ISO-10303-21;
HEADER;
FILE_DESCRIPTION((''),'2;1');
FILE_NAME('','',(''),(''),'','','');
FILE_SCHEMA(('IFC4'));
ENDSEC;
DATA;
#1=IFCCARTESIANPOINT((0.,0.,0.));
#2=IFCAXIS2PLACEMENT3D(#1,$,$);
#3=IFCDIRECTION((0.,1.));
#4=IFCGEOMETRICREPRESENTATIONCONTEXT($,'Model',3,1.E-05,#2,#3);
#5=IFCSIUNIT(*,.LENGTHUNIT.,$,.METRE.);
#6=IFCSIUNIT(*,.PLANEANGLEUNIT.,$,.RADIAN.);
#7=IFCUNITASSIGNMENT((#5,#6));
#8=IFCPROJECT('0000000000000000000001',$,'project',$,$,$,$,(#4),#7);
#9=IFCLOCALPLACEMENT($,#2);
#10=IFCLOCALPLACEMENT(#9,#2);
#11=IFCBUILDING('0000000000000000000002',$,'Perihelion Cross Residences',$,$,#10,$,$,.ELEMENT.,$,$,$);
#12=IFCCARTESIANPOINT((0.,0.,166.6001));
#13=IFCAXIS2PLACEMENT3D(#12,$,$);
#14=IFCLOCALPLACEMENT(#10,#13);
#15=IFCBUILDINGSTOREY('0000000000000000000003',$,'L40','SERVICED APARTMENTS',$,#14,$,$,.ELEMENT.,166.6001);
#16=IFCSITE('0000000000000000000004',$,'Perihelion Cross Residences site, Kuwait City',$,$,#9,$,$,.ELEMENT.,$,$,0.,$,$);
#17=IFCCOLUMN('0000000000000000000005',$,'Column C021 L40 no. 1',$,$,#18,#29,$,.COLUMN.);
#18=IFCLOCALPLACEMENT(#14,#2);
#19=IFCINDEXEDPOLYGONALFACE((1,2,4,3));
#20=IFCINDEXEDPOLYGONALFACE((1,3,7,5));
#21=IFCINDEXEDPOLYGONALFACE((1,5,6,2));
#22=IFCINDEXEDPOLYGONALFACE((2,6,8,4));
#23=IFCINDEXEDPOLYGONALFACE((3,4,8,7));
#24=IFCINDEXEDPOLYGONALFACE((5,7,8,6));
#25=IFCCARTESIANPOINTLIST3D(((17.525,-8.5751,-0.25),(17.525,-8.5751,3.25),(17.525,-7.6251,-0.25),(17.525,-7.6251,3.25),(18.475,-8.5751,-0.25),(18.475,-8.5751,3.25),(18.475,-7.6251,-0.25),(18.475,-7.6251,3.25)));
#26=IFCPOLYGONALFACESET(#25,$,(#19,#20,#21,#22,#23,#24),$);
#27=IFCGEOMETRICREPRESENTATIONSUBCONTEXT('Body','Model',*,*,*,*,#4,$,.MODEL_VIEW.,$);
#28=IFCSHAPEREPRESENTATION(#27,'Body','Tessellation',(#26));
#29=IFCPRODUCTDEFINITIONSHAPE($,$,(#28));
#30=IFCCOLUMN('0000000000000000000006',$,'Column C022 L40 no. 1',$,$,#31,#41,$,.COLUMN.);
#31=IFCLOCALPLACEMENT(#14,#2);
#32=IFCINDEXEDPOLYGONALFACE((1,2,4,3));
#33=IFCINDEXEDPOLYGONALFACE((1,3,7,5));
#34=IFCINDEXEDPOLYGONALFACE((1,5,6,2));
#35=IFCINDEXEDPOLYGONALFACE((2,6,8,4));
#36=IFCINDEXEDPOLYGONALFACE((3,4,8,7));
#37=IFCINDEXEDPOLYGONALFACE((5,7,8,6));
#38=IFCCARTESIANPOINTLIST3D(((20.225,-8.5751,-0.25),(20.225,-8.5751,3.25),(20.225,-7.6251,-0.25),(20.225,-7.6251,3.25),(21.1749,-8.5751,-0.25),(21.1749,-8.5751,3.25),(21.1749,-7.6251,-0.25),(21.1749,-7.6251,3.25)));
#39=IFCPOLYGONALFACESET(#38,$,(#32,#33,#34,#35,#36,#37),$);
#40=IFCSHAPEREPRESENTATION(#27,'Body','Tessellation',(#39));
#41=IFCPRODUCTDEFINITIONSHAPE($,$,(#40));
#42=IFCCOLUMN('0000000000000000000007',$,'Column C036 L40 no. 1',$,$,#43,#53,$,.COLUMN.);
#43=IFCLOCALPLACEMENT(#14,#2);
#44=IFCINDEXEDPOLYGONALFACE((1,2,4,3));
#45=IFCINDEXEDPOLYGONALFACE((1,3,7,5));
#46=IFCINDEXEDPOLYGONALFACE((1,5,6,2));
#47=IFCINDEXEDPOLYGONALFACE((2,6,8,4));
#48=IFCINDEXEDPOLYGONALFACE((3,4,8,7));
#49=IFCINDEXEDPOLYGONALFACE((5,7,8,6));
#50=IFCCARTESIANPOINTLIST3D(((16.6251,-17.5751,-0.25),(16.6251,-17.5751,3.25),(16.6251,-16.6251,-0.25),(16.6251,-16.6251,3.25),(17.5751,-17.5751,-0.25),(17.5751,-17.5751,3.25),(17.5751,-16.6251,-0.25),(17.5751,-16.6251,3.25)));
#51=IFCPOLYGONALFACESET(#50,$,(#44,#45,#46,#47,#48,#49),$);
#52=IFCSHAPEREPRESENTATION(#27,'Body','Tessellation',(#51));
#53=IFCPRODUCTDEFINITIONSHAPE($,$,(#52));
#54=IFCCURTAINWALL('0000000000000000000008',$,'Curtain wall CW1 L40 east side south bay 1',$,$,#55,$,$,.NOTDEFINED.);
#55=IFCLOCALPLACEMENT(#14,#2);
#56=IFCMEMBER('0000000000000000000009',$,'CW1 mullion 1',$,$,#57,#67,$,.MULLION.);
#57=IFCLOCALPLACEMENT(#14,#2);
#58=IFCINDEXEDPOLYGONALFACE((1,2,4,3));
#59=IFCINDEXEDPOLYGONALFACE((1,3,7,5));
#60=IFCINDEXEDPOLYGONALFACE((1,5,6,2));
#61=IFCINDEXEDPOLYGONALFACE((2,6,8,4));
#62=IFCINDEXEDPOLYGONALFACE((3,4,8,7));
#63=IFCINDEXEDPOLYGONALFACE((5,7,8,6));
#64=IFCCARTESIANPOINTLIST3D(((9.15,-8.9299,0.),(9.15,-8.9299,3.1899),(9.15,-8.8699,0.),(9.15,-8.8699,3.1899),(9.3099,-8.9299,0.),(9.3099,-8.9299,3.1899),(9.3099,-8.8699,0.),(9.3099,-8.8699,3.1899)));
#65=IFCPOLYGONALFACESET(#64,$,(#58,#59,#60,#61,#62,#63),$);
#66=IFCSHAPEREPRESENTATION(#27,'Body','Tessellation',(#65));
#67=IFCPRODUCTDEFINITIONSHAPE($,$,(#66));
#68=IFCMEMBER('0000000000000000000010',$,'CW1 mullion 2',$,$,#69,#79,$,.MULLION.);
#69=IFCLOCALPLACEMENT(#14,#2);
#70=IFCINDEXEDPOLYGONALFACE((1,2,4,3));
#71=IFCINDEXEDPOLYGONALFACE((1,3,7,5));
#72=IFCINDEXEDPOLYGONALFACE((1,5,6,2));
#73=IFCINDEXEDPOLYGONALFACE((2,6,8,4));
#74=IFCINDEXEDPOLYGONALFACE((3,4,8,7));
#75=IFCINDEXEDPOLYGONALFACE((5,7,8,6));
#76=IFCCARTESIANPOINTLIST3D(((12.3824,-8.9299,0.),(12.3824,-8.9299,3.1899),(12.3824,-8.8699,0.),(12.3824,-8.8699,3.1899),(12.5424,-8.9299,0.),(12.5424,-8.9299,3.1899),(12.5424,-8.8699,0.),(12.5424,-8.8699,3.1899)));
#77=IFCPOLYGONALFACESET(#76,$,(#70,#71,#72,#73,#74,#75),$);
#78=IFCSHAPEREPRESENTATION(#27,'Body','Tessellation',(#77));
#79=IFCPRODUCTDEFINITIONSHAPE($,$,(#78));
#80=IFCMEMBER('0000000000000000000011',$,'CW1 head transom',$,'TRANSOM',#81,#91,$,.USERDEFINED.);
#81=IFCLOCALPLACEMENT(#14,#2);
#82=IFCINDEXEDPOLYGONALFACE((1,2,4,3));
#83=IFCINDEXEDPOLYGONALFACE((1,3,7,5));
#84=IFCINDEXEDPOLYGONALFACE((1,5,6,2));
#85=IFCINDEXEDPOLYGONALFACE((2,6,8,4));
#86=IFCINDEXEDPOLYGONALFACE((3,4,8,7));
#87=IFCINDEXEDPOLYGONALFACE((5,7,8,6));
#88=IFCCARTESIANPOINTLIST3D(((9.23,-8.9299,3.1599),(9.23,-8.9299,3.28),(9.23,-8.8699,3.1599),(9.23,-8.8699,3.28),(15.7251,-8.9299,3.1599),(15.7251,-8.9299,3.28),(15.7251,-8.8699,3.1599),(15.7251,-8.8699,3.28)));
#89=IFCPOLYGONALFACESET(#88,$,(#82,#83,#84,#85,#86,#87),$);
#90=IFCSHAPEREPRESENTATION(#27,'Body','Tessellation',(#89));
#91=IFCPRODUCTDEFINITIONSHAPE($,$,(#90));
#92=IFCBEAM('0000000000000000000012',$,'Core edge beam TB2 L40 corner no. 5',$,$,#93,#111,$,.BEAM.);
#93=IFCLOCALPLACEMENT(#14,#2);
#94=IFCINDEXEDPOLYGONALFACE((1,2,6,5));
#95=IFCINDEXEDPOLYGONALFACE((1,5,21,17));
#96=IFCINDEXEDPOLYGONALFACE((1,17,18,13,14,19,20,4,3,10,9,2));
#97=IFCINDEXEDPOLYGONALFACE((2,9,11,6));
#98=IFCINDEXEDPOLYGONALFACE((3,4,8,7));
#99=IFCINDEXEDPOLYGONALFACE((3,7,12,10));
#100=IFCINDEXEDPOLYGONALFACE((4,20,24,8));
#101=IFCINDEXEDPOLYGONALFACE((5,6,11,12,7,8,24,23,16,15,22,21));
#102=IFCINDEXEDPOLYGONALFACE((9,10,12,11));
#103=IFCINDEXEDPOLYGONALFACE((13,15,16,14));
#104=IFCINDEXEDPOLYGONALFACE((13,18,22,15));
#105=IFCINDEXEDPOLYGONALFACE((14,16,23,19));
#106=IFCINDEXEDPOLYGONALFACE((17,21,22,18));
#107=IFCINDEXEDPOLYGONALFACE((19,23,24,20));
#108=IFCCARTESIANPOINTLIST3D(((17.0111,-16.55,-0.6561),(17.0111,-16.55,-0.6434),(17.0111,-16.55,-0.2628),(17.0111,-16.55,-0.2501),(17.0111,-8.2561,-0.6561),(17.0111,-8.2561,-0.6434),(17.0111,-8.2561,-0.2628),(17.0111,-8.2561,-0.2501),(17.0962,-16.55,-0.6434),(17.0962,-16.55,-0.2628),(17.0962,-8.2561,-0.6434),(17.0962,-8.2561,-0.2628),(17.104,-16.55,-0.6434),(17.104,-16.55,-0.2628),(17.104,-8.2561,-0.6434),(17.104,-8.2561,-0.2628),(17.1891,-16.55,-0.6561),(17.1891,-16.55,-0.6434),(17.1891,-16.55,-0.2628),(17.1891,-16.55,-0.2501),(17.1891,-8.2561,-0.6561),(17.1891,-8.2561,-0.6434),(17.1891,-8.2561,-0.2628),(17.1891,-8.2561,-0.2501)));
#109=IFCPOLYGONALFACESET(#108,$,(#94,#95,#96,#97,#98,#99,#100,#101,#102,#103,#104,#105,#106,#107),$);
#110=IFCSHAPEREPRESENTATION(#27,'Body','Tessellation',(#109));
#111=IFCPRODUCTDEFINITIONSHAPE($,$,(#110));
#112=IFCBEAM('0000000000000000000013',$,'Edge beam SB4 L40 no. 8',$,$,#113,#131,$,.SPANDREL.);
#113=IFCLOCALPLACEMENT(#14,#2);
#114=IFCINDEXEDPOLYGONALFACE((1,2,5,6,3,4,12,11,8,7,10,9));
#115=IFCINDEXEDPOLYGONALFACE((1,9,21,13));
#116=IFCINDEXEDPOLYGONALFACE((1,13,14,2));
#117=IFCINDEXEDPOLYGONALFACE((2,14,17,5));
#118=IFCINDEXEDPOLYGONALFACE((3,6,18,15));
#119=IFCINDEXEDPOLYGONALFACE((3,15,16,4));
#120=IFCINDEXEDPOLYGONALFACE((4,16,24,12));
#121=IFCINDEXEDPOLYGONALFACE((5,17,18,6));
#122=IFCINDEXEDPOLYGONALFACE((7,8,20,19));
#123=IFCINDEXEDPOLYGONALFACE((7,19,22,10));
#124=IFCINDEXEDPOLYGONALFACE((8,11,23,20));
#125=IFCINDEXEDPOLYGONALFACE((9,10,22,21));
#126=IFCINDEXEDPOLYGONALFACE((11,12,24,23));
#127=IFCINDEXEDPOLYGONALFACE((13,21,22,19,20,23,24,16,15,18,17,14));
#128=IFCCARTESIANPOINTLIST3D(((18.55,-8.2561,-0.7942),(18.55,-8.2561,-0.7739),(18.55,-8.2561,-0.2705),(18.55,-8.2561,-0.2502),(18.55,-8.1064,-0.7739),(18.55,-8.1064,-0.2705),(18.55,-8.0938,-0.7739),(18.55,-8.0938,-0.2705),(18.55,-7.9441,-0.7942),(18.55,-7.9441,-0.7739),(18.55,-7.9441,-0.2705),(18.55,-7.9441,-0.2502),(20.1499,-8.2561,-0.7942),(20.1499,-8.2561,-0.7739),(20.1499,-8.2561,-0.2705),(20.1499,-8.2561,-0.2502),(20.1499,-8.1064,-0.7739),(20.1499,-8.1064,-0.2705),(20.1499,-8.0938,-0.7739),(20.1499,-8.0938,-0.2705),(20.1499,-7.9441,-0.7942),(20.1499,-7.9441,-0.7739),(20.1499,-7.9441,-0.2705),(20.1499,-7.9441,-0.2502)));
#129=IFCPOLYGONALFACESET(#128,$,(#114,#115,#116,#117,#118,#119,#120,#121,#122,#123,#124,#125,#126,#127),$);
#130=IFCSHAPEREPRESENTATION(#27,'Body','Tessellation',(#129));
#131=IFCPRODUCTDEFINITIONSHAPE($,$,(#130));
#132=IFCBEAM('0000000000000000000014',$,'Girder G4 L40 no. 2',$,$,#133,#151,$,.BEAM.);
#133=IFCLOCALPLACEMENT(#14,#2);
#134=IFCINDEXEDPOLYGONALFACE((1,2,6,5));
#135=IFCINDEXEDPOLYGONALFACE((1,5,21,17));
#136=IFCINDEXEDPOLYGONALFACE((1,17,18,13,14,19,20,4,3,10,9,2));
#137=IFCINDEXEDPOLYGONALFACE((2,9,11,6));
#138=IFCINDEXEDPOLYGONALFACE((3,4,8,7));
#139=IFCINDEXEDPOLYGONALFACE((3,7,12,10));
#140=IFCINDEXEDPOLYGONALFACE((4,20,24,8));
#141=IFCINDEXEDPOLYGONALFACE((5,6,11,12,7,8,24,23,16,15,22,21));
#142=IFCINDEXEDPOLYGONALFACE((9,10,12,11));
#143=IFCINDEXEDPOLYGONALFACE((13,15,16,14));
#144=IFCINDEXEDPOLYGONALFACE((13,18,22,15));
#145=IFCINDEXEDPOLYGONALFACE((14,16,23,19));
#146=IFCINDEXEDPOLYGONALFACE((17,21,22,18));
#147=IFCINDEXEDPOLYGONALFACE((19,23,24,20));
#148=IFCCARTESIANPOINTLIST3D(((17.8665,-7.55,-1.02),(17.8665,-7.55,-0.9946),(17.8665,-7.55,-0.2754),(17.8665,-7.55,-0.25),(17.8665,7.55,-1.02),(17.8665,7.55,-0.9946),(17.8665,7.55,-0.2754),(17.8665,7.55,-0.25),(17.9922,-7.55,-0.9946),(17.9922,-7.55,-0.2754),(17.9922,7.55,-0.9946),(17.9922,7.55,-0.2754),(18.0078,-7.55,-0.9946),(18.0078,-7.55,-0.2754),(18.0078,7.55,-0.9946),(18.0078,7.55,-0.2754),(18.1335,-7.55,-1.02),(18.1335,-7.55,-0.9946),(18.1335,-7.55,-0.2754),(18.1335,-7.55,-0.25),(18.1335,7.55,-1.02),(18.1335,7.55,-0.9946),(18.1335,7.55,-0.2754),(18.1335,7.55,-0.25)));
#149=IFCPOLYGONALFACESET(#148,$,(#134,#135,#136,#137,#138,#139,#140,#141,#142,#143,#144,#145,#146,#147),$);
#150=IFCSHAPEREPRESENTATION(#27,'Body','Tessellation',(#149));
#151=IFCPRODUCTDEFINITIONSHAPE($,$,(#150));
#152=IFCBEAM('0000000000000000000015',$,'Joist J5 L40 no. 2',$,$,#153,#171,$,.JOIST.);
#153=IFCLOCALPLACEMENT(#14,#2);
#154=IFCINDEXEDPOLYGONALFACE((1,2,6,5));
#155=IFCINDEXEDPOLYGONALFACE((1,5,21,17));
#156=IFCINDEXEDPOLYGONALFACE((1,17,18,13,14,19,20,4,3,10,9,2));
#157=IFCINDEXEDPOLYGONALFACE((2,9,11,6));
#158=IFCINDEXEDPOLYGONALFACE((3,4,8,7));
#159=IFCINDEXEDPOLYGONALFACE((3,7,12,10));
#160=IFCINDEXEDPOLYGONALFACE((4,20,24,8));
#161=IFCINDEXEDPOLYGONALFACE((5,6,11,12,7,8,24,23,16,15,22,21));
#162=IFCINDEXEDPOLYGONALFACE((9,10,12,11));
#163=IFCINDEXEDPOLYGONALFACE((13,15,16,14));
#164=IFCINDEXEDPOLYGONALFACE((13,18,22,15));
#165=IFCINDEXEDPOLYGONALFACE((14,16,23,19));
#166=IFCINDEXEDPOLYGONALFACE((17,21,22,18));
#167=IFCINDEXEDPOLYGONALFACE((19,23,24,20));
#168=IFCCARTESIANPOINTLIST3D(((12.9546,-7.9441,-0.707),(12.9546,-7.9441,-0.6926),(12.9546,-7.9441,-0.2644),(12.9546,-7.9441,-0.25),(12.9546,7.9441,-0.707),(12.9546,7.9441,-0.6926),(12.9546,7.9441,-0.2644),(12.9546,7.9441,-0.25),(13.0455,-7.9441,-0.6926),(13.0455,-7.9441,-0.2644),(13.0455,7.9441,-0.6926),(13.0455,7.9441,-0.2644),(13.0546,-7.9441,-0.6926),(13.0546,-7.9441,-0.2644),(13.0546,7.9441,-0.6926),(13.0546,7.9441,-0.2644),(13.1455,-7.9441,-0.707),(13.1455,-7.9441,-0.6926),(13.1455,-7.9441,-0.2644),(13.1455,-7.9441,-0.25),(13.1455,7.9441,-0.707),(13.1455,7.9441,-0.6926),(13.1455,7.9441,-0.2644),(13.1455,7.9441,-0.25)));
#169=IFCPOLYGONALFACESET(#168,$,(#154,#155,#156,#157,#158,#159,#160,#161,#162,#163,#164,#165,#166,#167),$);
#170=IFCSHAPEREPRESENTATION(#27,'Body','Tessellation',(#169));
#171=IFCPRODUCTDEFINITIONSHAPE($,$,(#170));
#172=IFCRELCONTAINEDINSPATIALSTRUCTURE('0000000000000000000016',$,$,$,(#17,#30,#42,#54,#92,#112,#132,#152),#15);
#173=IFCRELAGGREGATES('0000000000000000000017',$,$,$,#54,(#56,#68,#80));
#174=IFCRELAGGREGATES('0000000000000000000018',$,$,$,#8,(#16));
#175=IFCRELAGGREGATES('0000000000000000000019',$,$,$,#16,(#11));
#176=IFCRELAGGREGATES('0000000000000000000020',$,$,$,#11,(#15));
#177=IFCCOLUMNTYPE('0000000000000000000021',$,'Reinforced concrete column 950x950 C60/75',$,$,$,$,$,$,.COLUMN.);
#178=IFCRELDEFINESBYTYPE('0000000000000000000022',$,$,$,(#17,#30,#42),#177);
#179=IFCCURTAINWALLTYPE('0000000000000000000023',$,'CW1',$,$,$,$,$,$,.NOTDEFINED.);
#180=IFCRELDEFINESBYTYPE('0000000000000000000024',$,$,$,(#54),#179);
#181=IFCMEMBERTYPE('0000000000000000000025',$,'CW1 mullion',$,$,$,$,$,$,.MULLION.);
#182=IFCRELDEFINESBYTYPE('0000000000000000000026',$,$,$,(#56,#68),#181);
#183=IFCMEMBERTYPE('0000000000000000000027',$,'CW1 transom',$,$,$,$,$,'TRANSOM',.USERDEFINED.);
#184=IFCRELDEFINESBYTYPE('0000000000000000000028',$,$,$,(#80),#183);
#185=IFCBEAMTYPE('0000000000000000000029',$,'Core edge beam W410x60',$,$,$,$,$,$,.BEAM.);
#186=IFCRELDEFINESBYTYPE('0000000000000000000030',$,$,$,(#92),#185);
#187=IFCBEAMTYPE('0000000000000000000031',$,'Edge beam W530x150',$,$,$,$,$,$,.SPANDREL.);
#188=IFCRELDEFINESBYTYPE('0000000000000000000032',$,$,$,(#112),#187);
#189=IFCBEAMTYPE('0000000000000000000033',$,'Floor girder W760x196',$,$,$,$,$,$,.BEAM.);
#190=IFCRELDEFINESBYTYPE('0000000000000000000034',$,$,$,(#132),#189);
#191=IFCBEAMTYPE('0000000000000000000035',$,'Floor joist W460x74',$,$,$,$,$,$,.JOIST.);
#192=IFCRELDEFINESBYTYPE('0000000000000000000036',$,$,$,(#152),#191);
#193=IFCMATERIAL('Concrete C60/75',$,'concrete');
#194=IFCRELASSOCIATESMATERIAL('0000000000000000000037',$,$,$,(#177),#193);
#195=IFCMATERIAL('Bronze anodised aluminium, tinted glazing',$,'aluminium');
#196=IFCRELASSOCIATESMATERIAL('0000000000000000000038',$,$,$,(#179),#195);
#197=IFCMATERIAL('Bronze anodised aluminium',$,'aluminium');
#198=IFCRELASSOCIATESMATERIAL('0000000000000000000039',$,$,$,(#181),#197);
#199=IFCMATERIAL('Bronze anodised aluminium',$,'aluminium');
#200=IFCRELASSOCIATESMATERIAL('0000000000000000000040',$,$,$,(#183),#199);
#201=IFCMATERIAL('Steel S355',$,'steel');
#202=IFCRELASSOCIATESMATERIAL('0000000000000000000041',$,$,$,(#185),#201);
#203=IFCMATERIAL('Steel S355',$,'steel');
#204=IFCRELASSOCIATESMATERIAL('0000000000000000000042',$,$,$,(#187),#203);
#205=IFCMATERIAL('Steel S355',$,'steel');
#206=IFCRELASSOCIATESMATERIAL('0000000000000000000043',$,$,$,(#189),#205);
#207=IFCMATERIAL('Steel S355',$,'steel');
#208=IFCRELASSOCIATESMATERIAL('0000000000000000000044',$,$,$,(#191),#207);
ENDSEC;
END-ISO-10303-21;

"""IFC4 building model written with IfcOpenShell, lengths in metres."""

from ifc_helpers import new_model, si_unit, direction, frame, origin, origin_2d, place, context, subcontext, project, spatial, rectangle, i_section, extrude, material, material_profile, profile_set, type_object, element, aggregate, save


model = new_model("IFC4")

# Units and contexts
model_context = context("Model", 3, precision=1e-05, world=origin(), true_north=direction((0.0, 1.0)))
body_context = subcontext(model_context, "Body", "Model", "MODEL_VIEW")
ifc_project = project(units=[si_unit("LENGTHUNIT", "METRE"), si_unit("PLANEANGLEUNIT", "RADIAN")], contexts=[model_context])

# Site, building, storey
site_placement = place(None, origin())
site = spatial("IfcSite", under=ifc_project, at=site_placement, Name="Perihelion Cross Residences site, Kuwait City", CompositionType="ELEMENT", RefElevation=0.0)
building_placement = place(site_placement, origin())
building = spatial("IfcBuilding", under=site, at=building_placement, Name="Perihelion Cross Residences", CompositionType="ELEMENT")
storey_placement = place(building_placement, frame((0.0, 0.0, 166.6001)))
storey = spatial("IfcBuildingStorey", under=building, at=storey_placement, Name="L40", Description="SERVICED APARTMENTS", CompositionType="ELEMENT", Elevation=166.6001)

# Columns
ifc_material_1 = material(Name="Concrete C60/75", Category="concrete")
ifc_material_profile_1 = material_profile(ifc_material_1, rectangle(XDim=0.95, YDim=0.95, at=origin_2d()), Name="RC 950x950")
ifc_profile_set_1 = profile_set([ifc_material_profile_1], Name="Concrete C60/75")
column_type = type_object("IfcColumnType", Name="Reinforced concrete column 950x950 C60/75", PredefinedType="COLUMN", material=ifc_profile_set_1)
for number, where, z_axis, x_axis, name in (
    (1, (18.0, -8.1001, -0.25), (0.0, 0.0, 1.0), (1.0, 0.0, 0.0), "Column C021 L40 no. 1"),
    (2, (20.7, -8.1001, -0.25), (0.0, 0.0, 1.0), (1.0, 0.0, 0.0), "Column C022 L40 no. 1"),
    (3, (17.1001, -17.1001, -0.25), (0.0, 0.0, 1.0), (1.0, 0.0, 0.0), "Column C036 L40 no. 1"),
):
    element("IfcColumn", number, at=place(storey_placement, frame(where, z_axis=z_axis, x_axis=x_axis)), inside=storey, type_object=column_type, Name=name, PredefinedType="COLUMN", context=body_context, shape_type="SweptSolid", body=[
        extrude(rectangle(XDim=0.95, YDim=0.95, at=origin_2d()), origin(), (0.0, 0.0, 1.0), 3.5),
    ])

# Curtain wall, members
ifc_material_2 = material(Name="Bronze anodised aluminium, tinted glazing", Category="aluminium")
curtain_wall_type = type_object("IfcCurtainWallType", Name="CW1", PredefinedType="NOTDEFINED", material=ifc_material_2)
curtain_wall_placement = place(storey_placement, origin())
curtain_wall = element("IfcCurtainWall", 4, at=curtain_wall_placement, inside=storey, type_object=curtain_wall_type, Name="Curtain wall CW1 L40 east side south bay 1", PredefinedType="NOTDEFINED")
ifc_material_3 = material(Name="Bronze anodised aluminium", Category="aluminium")
ifc_material_profile_2 = material_profile(ifc_material_3, rectangle(XDim=0.0601, YDim=0.1599, at=origin_2d()), Name="CW1 mullion")
ifc_profile_set_2 = profile_set([ifc_material_profile_2], Name="Bronze anodised aluminium")
member_type_1 = type_object("IfcMemberType", Name="CW1 mullion", PredefinedType="MULLION", material=ifc_profile_set_2)
member_1_placement = place(storey_placement, frame((9.23, -8.8999, 0.0), z_axis=(0.0, 0.0, 1.0), x_axis=(0.0, 1.0, 0.0)))
member_1 = element("IfcMember", 5, at=member_1_placement, type_object=member_type_1, Name="CW1 mullion 1", PredefinedType="MULLION", context=body_context, shape_type="SweptSolid", body=[
    extrude(rectangle(XDim=0.0601, YDim=0.1599, at=origin_2d()), origin(), (0.0, 0.0, 1.0), 3.1899),
])
member_2_placement = place(storey_placement, frame((12.4624, -8.8999, 0.0), z_axis=(0.0, 0.0, 1.0), x_axis=(0.0, 1.0, 0.0)))
member_2 = element("IfcMember", 6, at=member_2_placement, type_object=member_type_1, Name="CW1 mullion 2", PredefinedType="MULLION", context=body_context, shape_type="SweptSolid", body=[
    extrude(rectangle(XDim=0.0601, YDim=0.1599, at=origin_2d()), origin(), (0.0, 0.0, 1.0), 3.1899),
])
ifc_material_4 = material(Name="Bronze anodised aluminium", Category="aluminium")
ifc_material_profile_3 = material_profile(ifc_material_4, rectangle(XDim=0.0601, YDim=0.1201, at=origin_2d()), Name="CW1 transom")
ifc_profile_set_3 = profile_set([ifc_material_profile_3], Name="Bronze anodised aluminium")
member_type_2 = type_object("IfcMemberType", Name="CW1 transom", ElementType="TRANSOM", PredefinedType="USERDEFINED", material=ifc_profile_set_3)
member_3_placement = place(storey_placement, frame((9.23, -8.8999, 3.22), z_axis=(1.0, 0.0, 0.0), x_axis=(0.0, 1.0, 0.0)))
member_3 = element("IfcMember", 7, at=member_3_placement, type_object=member_type_2, Name="CW1 head transom", ObjectType="TRANSOM", PredefinedType="USERDEFINED", context=body_context, shape_type="SweptSolid", body=[
    extrude(rectangle(XDim=0.0601, YDim=0.1201, at=origin_2d()), origin(), (0.0, 0.0, 1.0), 6.4951),
])

# Beams
ifc_material_5 = material(Name="Steel S355", Category="steel")
ifc_material_profile_4 = material_profile(ifc_material_5, i_section(OverallWidth=0.178, OverallDepth=0.406, WebThickness=0.0078, FlangeThickness=0.0127, at=origin_2d()), Name="W410x60")
ifc_profile_set_4 = profile_set([ifc_material_profile_4], Name="Steel S355")
beam_type_1 = type_object("IfcBeamType", Name="Core edge beam W410x60", PredefinedType="BEAM", material=ifc_profile_set_4)
beam_1_placement = place(storey_placement, frame((17.1001, -8.2561, -0.4531), z_axis=(0.0, -1.0, 0.0), x_axis=(1.0, 0.0, 0.0)))
element("IfcBeam", 8, at=beam_1_placement, inside=storey, type_object=beam_type_1, Name="Core edge beam TB2 L40 corner no. 5", PredefinedType="BEAM", context=body_context, shape_type="SweptSolid", body=[
    extrude(i_section(OverallWidth=0.178, OverallDepth=0.406, WebThickness=0.0078, FlangeThickness=0.0127, at=origin_2d()), origin(), (0.0, 0.0, 1.0), 8.2939),
])
ifc_material_6 = material(Name="Steel S355", Category="steel")
ifc_material_profile_5 = material_profile(ifc_material_6, i_section(OverallWidth=0.312, OverallDepth=0.5439, WebThickness=0.0127, FlangeThickness=0.0203, at=origin_2d()), Name="W530x150")
ifc_profile_set_5 = profile_set([ifc_material_profile_5], Name="Steel S355")
beam_type_2 = type_object("IfcBeamType", Name="Edge beam W530x150", PredefinedType="SPANDREL", material=ifc_profile_set_5)
beam_2_placement = place(storey_placement, frame((18.55, -8.1001, -0.5222), z_axis=(1.0, 0.0, 0.0), x_axis=(0.0, 1.0, 0.0)))
element("IfcBeam", 9, at=beam_2_placement, inside=storey, type_object=beam_type_2, Name="Edge beam SB4 L40 no. 8", PredefinedType="SPANDREL", context=body_context, shape_type="SweptSolid", body=[
    extrude(i_section(OverallWidth=0.312, OverallDepth=0.5439, WebThickness=0.0127, FlangeThickness=0.0203, at=origin_2d()), origin(), (0.0, 0.0, 1.0), 1.5999),
])
ifc_material_7 = material(Name="Steel S355", Category="steel")
ifc_material_profile_6 = material_profile(ifc_material_7, i_section(OverallWidth=0.2671, OverallDepth=0.77, WebThickness=0.0156, FlangeThickness=0.0254, at=origin_2d()), Name="W760x196")
ifc_profile_set_6 = profile_set([ifc_material_profile_6], Name="Steel S355")
beam_type_3 = type_object("IfcBeamType", Name="Floor girder W760x196", PredefinedType="BEAM", material=ifc_profile_set_6)
beam_3_placement = place(storey_placement, frame((18.0, -7.55, -0.635), z_axis=(0.0, 1.0, 0.0), x_axis=(-1.0, 0.0, 0.0)))
element("IfcBeam", 10, at=beam_3_placement, inside=storey, type_object=beam_type_3, Name="Girder G4 L40 no. 2", PredefinedType="BEAM", context=body_context, shape_type="SweptSolid", body=[
    extrude(i_section(OverallWidth=0.2671, OverallDepth=0.77, WebThickness=0.0156, FlangeThickness=0.0254, at=origin_2d()), origin(), (0.0, 0.0, 1.0), 15.1001),
])
ifc_material_8 = material(Name="Steel S355", Category="steel")
ifc_material_profile_7 = material_profile(ifc_material_8, i_section(OverallWidth=0.1909, OverallDepth=0.457, WebThickness=0.009, FlangeThickness=0.0144, at=origin_2d()), Name="W460x74")
ifc_profile_set_7 = profile_set([ifc_material_profile_7], Name="Steel S355")
beam_type_4 = type_object("IfcBeamType", Name="Floor joist W460x74", PredefinedType="JOIST", material=ifc_profile_set_7)
beam_4_placement = place(storey_placement, frame((13.05, -7.9441, -0.4785), z_axis=(0.0, 1.0, 0.0), x_axis=(-1.0, 0.0, 0.0)))
element("IfcBeam", 11, at=beam_4_placement, inside=storey, type_object=beam_type_4, Name="Joist J5 L40 no. 2", PredefinedType="JOIST", context=body_context, shape_type="SweptSolid", body=[
    extrude(i_section(OverallWidth=0.1909, OverallDepth=0.457, WebThickness=0.009, FlangeThickness=0.0144, at=origin_2d()), origin(), (0.0, 0.0, 1.0), 15.8882),
])

aggregate(curtain_wall, [member_1, member_2, member_3])

save(model, "model.ifc")
